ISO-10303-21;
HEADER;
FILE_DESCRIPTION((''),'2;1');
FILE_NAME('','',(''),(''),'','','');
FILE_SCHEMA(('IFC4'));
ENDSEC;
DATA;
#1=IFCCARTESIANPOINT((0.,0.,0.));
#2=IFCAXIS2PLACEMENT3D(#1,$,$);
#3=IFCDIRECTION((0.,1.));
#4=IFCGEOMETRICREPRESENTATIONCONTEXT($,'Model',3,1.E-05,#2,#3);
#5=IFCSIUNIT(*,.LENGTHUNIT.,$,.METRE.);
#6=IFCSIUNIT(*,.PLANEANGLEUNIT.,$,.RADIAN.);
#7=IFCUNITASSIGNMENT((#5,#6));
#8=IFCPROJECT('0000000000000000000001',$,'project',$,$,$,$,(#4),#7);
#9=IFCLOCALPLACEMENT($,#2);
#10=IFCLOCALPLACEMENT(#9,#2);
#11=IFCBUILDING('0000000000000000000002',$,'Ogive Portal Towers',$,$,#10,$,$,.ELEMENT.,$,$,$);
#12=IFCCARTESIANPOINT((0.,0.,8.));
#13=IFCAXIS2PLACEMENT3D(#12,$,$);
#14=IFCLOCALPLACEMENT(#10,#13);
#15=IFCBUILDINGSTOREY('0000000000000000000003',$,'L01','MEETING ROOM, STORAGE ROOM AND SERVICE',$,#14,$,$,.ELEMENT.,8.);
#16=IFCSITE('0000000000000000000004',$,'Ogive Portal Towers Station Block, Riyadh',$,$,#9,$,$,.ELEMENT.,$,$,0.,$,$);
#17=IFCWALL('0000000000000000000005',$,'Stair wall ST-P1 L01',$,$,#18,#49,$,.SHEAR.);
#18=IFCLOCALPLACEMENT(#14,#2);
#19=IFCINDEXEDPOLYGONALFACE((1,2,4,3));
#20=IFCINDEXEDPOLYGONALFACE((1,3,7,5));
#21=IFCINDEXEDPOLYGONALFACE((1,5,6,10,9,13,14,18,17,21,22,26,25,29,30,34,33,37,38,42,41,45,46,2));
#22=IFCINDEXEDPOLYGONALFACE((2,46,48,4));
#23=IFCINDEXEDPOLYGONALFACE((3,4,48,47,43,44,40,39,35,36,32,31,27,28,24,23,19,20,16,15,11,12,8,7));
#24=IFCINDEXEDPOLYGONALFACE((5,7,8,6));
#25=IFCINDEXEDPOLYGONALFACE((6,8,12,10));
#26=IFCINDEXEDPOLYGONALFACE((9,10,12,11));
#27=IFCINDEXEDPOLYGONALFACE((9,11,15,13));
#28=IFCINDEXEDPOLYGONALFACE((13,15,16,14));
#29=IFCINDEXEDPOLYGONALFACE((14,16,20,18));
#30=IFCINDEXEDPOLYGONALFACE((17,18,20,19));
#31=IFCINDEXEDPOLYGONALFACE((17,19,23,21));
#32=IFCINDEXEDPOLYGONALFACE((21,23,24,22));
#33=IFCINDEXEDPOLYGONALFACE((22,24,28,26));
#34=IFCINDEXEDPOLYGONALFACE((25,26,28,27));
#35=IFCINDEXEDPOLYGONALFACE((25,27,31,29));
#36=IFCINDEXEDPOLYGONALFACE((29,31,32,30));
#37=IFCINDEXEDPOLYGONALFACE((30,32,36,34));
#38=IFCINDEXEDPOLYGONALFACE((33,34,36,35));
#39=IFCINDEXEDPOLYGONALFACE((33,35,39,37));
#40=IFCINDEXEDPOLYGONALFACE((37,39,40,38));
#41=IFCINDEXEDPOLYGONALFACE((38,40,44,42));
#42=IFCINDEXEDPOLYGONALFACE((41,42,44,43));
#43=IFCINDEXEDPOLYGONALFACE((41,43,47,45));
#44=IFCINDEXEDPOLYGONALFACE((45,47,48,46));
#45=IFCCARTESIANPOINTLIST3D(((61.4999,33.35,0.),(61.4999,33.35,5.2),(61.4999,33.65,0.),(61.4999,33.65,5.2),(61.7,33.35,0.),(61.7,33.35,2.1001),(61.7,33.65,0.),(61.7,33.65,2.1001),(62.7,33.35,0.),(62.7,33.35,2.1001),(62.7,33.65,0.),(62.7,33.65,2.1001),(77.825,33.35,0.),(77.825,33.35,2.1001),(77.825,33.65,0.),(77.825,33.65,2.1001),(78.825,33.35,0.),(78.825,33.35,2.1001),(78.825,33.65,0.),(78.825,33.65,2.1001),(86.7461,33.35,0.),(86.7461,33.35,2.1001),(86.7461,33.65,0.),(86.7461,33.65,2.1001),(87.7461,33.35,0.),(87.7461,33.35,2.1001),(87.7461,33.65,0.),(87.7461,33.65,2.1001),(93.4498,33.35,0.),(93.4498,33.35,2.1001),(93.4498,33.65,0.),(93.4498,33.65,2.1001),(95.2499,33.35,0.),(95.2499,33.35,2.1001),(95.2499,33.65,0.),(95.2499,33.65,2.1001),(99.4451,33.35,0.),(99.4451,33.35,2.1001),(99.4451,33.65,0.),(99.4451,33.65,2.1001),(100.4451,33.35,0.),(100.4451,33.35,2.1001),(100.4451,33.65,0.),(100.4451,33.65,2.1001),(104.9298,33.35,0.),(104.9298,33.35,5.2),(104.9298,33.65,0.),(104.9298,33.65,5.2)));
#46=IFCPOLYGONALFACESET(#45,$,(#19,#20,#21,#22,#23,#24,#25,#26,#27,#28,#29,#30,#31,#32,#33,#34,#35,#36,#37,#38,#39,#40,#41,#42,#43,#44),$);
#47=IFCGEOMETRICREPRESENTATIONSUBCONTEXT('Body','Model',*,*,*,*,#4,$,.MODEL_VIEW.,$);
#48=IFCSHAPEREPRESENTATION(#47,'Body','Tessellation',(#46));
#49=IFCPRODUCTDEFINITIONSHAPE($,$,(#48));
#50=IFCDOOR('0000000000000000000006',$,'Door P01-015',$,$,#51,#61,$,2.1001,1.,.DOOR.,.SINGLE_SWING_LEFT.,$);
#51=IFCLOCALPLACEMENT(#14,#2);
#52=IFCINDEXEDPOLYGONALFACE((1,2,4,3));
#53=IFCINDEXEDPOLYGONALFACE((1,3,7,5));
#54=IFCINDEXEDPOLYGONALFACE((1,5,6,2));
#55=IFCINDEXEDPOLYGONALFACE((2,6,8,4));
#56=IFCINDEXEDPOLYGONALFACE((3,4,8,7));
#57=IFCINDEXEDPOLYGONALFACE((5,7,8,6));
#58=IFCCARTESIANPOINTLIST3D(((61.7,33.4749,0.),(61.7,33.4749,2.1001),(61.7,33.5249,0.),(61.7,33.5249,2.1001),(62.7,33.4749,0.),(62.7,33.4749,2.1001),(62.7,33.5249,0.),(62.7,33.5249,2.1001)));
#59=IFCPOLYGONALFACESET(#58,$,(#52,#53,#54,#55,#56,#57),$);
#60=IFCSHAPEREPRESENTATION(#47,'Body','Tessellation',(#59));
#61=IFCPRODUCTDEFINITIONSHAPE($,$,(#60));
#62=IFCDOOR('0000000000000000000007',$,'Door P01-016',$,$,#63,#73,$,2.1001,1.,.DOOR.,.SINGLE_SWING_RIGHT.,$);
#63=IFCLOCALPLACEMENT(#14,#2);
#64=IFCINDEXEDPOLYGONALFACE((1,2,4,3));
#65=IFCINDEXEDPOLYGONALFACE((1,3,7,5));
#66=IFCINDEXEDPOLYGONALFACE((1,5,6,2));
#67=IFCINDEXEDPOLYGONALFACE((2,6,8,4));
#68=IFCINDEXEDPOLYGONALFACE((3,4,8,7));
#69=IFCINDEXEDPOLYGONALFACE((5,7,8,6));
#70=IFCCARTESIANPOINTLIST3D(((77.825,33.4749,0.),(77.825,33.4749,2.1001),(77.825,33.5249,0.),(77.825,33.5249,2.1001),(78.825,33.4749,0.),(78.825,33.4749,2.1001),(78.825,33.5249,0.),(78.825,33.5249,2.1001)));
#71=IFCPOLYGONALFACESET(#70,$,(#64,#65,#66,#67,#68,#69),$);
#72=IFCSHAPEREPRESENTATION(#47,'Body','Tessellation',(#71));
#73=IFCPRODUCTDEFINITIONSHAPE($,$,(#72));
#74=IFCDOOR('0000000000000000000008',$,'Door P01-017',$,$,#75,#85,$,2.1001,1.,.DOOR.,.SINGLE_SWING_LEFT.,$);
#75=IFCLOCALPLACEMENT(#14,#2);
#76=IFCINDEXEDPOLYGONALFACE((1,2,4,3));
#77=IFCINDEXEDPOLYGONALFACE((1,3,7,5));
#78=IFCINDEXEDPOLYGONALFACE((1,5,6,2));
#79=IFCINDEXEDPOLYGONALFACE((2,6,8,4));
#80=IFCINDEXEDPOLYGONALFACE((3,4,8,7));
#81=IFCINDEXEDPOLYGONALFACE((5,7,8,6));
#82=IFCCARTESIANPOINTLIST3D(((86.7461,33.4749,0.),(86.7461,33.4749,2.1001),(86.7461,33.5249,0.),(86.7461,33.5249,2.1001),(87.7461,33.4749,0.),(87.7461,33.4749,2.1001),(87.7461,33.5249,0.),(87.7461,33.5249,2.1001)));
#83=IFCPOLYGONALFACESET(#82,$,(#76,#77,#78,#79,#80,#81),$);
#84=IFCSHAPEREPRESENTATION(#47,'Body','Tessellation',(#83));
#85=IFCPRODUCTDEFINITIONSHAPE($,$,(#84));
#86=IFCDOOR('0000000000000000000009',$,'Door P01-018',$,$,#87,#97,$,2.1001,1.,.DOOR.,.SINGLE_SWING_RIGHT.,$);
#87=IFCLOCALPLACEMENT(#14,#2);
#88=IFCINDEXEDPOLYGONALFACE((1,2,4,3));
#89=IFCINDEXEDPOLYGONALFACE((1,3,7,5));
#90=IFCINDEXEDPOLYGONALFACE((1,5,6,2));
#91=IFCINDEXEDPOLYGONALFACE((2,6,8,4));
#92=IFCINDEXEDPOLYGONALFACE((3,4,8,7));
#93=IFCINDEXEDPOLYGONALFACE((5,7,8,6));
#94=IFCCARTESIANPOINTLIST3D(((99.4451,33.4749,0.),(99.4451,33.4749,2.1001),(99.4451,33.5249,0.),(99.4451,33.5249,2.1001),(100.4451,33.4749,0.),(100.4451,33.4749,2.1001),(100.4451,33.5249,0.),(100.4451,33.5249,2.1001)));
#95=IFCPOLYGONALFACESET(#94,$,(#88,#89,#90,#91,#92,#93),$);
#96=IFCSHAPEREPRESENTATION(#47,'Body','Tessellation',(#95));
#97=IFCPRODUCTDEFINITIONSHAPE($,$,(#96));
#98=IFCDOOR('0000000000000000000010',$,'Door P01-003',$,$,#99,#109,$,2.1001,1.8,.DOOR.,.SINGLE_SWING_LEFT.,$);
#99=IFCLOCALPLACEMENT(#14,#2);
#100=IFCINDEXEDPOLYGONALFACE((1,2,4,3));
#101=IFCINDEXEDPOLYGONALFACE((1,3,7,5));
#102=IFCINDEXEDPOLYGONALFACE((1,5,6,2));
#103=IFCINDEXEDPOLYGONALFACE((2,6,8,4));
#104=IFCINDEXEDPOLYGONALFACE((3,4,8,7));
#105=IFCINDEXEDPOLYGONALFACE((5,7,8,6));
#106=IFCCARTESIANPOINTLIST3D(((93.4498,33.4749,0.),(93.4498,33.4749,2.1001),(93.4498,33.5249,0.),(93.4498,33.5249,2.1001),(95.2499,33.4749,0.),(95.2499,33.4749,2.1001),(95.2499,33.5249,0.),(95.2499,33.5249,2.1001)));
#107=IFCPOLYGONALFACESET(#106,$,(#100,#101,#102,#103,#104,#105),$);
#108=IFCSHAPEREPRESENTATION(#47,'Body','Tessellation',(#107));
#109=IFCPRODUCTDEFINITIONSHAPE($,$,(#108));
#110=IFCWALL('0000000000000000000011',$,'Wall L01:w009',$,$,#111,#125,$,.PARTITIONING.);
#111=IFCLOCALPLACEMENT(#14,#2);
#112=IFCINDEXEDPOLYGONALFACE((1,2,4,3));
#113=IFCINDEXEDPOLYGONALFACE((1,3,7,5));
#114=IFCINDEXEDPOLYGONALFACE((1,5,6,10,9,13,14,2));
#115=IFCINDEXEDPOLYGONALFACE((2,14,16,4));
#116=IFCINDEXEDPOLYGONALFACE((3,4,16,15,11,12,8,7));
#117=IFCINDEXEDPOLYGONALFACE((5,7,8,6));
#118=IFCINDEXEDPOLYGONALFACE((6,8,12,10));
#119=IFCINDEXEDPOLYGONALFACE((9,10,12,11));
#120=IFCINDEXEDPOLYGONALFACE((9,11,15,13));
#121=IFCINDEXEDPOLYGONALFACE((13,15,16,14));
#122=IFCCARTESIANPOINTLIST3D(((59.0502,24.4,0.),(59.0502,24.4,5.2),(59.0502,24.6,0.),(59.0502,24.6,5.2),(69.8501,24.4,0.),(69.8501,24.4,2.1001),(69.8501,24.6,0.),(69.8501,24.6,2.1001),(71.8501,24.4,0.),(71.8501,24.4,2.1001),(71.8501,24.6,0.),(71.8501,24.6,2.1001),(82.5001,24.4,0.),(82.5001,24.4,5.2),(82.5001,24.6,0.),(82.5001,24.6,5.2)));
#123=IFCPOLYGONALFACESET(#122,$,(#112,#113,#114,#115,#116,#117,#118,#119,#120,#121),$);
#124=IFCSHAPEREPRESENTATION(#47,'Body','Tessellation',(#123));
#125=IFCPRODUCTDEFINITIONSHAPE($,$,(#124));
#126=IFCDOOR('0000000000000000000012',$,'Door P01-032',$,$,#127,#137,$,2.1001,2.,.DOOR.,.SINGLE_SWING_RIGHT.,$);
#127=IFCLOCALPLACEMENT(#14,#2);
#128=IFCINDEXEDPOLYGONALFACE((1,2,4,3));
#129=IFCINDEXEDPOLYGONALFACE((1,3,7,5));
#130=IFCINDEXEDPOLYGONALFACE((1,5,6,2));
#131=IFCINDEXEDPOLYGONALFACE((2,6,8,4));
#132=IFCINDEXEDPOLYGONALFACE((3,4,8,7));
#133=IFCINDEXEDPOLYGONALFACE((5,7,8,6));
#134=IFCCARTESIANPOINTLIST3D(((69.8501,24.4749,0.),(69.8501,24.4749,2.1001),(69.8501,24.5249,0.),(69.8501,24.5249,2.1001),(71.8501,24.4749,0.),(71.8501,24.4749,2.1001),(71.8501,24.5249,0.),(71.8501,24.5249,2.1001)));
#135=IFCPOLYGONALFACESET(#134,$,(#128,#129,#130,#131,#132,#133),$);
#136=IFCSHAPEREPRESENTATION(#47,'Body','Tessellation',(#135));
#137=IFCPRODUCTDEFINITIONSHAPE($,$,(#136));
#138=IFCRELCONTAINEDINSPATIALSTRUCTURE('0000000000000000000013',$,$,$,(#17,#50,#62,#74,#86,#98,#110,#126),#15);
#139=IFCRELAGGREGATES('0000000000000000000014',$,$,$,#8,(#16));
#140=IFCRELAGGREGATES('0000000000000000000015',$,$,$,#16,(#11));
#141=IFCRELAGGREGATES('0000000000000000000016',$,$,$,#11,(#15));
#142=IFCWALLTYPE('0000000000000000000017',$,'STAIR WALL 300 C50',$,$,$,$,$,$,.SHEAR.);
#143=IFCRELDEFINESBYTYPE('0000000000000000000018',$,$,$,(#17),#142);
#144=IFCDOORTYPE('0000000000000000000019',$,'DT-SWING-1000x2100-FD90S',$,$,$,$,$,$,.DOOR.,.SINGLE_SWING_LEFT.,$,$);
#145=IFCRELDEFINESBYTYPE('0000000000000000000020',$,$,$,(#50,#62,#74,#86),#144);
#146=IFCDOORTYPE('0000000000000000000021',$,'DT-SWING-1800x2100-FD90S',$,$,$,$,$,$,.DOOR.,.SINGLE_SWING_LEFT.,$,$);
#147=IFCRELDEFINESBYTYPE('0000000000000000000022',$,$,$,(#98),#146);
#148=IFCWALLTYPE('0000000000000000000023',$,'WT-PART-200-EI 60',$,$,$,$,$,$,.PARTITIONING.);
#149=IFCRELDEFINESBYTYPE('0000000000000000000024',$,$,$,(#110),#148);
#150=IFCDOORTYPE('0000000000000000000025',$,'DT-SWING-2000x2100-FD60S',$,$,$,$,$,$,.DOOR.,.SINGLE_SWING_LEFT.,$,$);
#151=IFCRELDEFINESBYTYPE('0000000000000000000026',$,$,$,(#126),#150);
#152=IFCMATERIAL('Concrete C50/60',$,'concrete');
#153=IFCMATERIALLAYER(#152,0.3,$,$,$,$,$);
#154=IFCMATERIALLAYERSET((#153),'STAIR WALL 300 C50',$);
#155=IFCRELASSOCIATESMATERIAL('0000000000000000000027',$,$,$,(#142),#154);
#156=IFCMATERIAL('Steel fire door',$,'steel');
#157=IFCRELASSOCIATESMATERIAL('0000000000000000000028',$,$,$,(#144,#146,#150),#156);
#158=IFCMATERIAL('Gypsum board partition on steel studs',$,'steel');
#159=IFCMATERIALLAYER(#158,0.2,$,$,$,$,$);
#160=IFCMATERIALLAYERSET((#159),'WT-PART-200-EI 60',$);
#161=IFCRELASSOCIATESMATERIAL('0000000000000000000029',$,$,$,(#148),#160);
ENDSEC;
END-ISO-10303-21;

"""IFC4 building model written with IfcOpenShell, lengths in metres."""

from ifc_helpers import new_model, si_unit, direction, frame, frame_2d, origin, place, context, subcontext, project, spatial, rectangle, extrude, material, layer, layer_set, type_object, element, fill, save


model = new_model("IFC4")

# Units and contexts
model_context = context("Model", 3, precision=1e-05, world=origin(), true_north=direction((0.0, 1.0)))
body_context = subcontext(model_context, "Body", "Model", "MODEL_VIEW")
ifc_project = project(units=[si_unit("LENGTHUNIT", "METRE"), si_unit("PLANEANGLEUNIT", "RADIAN")], contexts=[model_context])

# Site, building, storey
site_placement = place(None, origin())
site = spatial("IfcSite", under=ifc_project, at=site_placement, Name="Ogive Portal Towers Station Block, Riyadh", CompositionType="ELEMENT", RefElevation=0.0)
building_placement = place(site_placement, origin())
building = spatial("IfcBuilding", under=site, at=building_placement, Name="Ogive Portal Towers", CompositionType="ELEMENT")
storey_placement = place(building_placement, frame((0.0, 0.0, 8.0)))
storey = spatial("IfcBuildingStorey", under=building, at=storey_placement, Name="L01", Description="MEETING ROOM, STORAGE ROOM AND SERVICE", CompositionType="ELEMENT", Elevation=8.0)

# Wall, openings, doors
ifc_material_1 = material(Name="Concrete C50/60", Category="concrete")
ifc_layer_1 = layer(ifc_material_1, 0.3)
ifc_layer_set_1 = layer_set([ifc_layer_1], Name="STAIR WALL 300 C50")
wall_type_1 = type_object("IfcWallType", Name="STAIR WALL 300 C50", PredefinedType="SHEAR", material=ifc_layer_set_1)
wall_1_placement = place(storey_placement, frame((61.5, 33.5, 0.0), z_axis=(0.0, 0.0, 1.0), x_axis=(1.0, 0.0, 0.0)))
wall_1 = element("IfcWall", 1, at=wall_1_placement, inside=storey, type_object=wall_type_1, Name="Stair wall ST-P1 L01", PredefinedType="SHEAR", context=body_context, shape_type="SweptSolid", body=[
    extrude(rectangle(XDim=43.4299, YDim=0.3, at=frame_2d((21.7148, 0.0))), origin(), (0.0, 0.0, 1.0), 5.2),
])
opening_1_placement = place(wall_1_placement, frame((31.95, 0.0, 0.0)))
opening_1 = element("IfcOpeningElement", 2, at=opening_1_placement, cuts=wall_1, PredefinedType="OPENING", context=body_context, shape_type="SweptSolid", body=[
    extrude(rectangle(XDim=1.8, YDim=2.1001, at=frame_2d((0.8999, 1.05))), frame((0.0, 0.1602, 0.0), z_axis=(0.0, -1.0, 0.0), x_axis=(1.0, 0.0, 0.0)), (0.0, 0.0, 1.0), 0.3201),
])
opening_2_placement = place(wall_1_placement, frame((0.2, 0.0, 0.0)))
opening_2 = element("IfcOpeningElement", 3, at=opening_2_placement, cuts=wall_1, PredefinedType="OPENING", context=body_context, shape_type="SweptSolid", body=[
    extrude(rectangle(XDim=1.0, YDim=2.1001, at=frame_2d((0.5, 1.05))), frame((0.0, 0.1602, 0.0), z_axis=(0.0, -1.0, 0.0), x_axis=(1.0, 0.0, 0.0)), (0.0, 0.0, 1.0), 0.3201),
])
opening_3_placement = place(wall_1_placement, frame((16.325, 0.0, 0.0)))
opening_3 = element("IfcOpeningElement", 4, at=opening_3_placement, cuts=wall_1, PredefinedType="OPENING", context=body_context, shape_type="SweptSolid", body=[
    extrude(rectangle(XDim=1.0, YDim=2.1001, at=frame_2d((0.5, 1.05))), frame((0.0, 0.1602, 0.0), z_axis=(0.0, -1.0, 0.0), x_axis=(1.0, 0.0, 0.0)), (0.0, 0.0, 1.0), 0.3201),
])
opening_4_placement = place(wall_1_placement, frame((25.2461, 0.0, 0.0)))
opening_4 = element("IfcOpeningElement", 5, at=opening_4_placement, cuts=wall_1, PredefinedType="OPENING", context=body_context, shape_type="SweptSolid", body=[
    extrude(rectangle(XDim=1.0, YDim=2.1001, at=frame_2d((0.5, 1.05))), frame((0.0, 0.1602, 0.0), z_axis=(0.0, -1.0, 0.0), x_axis=(1.0, 0.0, 0.0)), (0.0, 0.0, 1.0), 0.3201),
])
opening_5_placement = place(wall_1_placement, frame((37.9451, 0.0, 0.0)))
opening_5 = element("IfcOpeningElement", 6, at=opening_5_placement, cuts=wall_1, PredefinedType="OPENING", context=body_context, shape_type="SweptSolid", body=[
    extrude(rectangle(XDim=1.0, YDim=2.1001, at=frame_2d((0.5, 1.05))), frame((0.0, 0.1602, 0.0), z_axis=(0.0, -1.0, 0.0), x_axis=(1.0, 0.0, 0.0)), (0.0, 0.0, 1.0), 0.3201),
])
ifc_material_2 = material(Name="Steel fire door", Category="steel")
door_type_1 = type_object("IfcDoorType", Name="DT-SWING-1000x2100-FD90S", OperationType="SINGLE_SWING_LEFT", PredefinedType="DOOR", material=ifc_material_2)
door_1_placement = place(opening_2_placement, origin())
door_1 = element("IfcDoor", 7, at=door_1_placement, inside=storey, type_object=door_type_1, Name="Door P01-015", OperationType="SINGLE_SWING_LEFT", OverallHeight=2.1001, OverallWidth=1.0, PredefinedType="DOOR", context=body_context, shape_type="SweptSolid", body=[
    extrude(rectangle(XDim=1.0, YDim=2.1001, at=frame_2d((0.5, 1.05))), frame((0.0, 0.0249, 0.0), z_axis=(0.0, -1.0, 0.0), x_axis=(1.0, 0.0, 0.0)), (0.0, 0.0, 1.0), 0.05),
])
fill(opening_2, door_1)
door_2_placement = place(opening_3_placement, origin())
door_2 = element("IfcDoor", 8, at=door_2_placement, inside=storey, type_object=door_type_1, Name="Door P01-016", OperationType="SINGLE_SWING_RIGHT", OverallHeight=2.1001, OverallWidth=1.0, PredefinedType="DOOR", context=body_context, shape_type="SweptSolid", body=[
    extrude(rectangle(XDim=1.0, YDim=2.1001, at=frame_2d((0.5, 1.05))), frame((0.0, 0.0249, 0.0), z_axis=(0.0, -1.0, 0.0), x_axis=(1.0, 0.0, 0.0)), (0.0, 0.0, 1.0), 0.05),
])
fill(opening_3, door_2)
door_3_placement = place(opening_4_placement, origin())
door_3 = element("IfcDoor", 9, at=door_3_placement, inside=storey, type_object=door_type_1, Name="Door P01-017", OperationType="SINGLE_SWING_LEFT", OverallHeight=2.1001, OverallWidth=1.0, PredefinedType="DOOR", context=body_context, shape_type="SweptSolid", body=[
    extrude(rectangle(XDim=1.0, YDim=2.1001, at=frame_2d((0.5, 1.05))), frame((0.0, 0.0249, 0.0), z_axis=(0.0, -1.0, 0.0), x_axis=(1.0, 0.0, 0.0)), (0.0, 0.0, 1.0), 0.05),
])
fill(opening_4, door_3)
door_4_placement = place(opening_5_placement, origin())
door_4 = element("IfcDoor", 10, at=door_4_placement, inside=storey, type_object=door_type_1, Name="Door P01-018", OperationType="SINGLE_SWING_RIGHT", OverallHeight=2.1001, OverallWidth=1.0, PredefinedType="DOOR", context=body_context, shape_type="SweptSolid", body=[
    extrude(rectangle(XDim=1.0, YDim=2.1001, at=frame_2d((0.5, 1.05))), frame((0.0, 0.0249, 0.0), z_axis=(0.0, -1.0, 0.0), x_axis=(1.0, 0.0, 0.0)), (0.0, 0.0, 1.0), 0.05),
])
fill(opening_5, door_4)
door_type_2 = type_object("IfcDoorType", Name="DT-SWING-1800x2100-FD90S", OperationType="SINGLE_SWING_LEFT", PredefinedType="DOOR", material=ifc_material_2)
door_5_placement = place(opening_1_placement, origin())
door_5 = element("IfcDoor", 11, at=door_5_placement, inside=storey, type_object=door_type_2, Name="Door P01-003", OperationType="SINGLE_SWING_LEFT", OverallHeight=2.1001, OverallWidth=1.8, PredefinedType="DOOR", context=body_context, shape_type="SweptSolid", body=[
    extrude(rectangle(XDim=1.8, YDim=2.1001, at=frame_2d((0.8999, 1.05))), frame((0.0, 0.0249, 0.0), z_axis=(0.0, -1.0, 0.0), x_axis=(1.0, 0.0, 0.0)), (0.0, 0.0, 1.0), 0.05),
])
fill(opening_1, door_5)

# Wall, opening, door
ifc_material_3 = material(Name="Gypsum board partition on steel studs", Category="steel")
ifc_layer_2 = layer(ifc_material_3, 0.2)
ifc_layer_set_2 = layer_set([ifc_layer_2], Name="WT-PART-200-EI 60")
wall_type_2 = type_object("IfcWallType", Name="WT-PART-200-EI 60", PredefinedType="PARTITIONING", material=ifc_layer_set_2)
wall_2_placement = place(storey_placement, frame((59.05, 24.5, 0.0), z_axis=(0.0, 0.0, 1.0), x_axis=(1.0, 0.0, 0.0)))
wall_2 = element("IfcWall", 12, at=wall_2_placement, inside=storey, type_object=wall_type_2, Name="Wall L01:w009", PredefinedType="PARTITIONING", context=body_context, shape_type="SweptSolid", body=[
    extrude(rectangle(XDim=23.45, YDim=0.2, at=frame_2d((11.7251, 0.0))), origin(), (0.0, 0.0, 1.0), 5.2),
])
opening_6_placement = place(wall_2_placement, frame((10.8, 0.0, 0.0)))
opening_6 = element("IfcOpeningElement", 13, at=opening_6_placement, cuts=wall_2, PredefinedType="OPENING", context=body_context, shape_type="SweptSolid", body=[
    extrude(rectangle(XDim=2.0, YDim=2.1001, at=frame_2d((1.0, 1.05))), frame((0.0, 0.1099, 0.0), z_axis=(0.0, -1.0, 0.0), x_axis=(1.0, 0.0, 0.0)), (0.0, 0.0, 1.0), 0.22),
])
door_type_3 = type_object("IfcDoorType", Name="DT-SWING-2000x2100-FD60S", OperationType="SINGLE_SWING_LEFT", PredefinedType="DOOR", material=ifc_material_2)
door_6_placement = place(opening_6_placement, origin())
door_6 = element("IfcDoor", 14, at=door_6_placement, inside=storey, type_object=door_type_3, Name="Door P01-032", OperationType="SINGLE_SWING_RIGHT", OverallHeight=2.1001, OverallWidth=2.0, PredefinedType="DOOR", context=body_context, shape_type="SweptSolid", body=[
    extrude(rectangle(XDim=2.0, YDim=2.1001, at=frame_2d((1.0, 1.05))), frame((0.0, 0.0249, 0.0), z_axis=(0.0, -1.0, 0.0), x_axis=(1.0, 0.0, 0.0)), (0.0, 0.0, 1.0), 0.05),
])
fill(opening_6, door_6)

save(model, "model.ifc")
